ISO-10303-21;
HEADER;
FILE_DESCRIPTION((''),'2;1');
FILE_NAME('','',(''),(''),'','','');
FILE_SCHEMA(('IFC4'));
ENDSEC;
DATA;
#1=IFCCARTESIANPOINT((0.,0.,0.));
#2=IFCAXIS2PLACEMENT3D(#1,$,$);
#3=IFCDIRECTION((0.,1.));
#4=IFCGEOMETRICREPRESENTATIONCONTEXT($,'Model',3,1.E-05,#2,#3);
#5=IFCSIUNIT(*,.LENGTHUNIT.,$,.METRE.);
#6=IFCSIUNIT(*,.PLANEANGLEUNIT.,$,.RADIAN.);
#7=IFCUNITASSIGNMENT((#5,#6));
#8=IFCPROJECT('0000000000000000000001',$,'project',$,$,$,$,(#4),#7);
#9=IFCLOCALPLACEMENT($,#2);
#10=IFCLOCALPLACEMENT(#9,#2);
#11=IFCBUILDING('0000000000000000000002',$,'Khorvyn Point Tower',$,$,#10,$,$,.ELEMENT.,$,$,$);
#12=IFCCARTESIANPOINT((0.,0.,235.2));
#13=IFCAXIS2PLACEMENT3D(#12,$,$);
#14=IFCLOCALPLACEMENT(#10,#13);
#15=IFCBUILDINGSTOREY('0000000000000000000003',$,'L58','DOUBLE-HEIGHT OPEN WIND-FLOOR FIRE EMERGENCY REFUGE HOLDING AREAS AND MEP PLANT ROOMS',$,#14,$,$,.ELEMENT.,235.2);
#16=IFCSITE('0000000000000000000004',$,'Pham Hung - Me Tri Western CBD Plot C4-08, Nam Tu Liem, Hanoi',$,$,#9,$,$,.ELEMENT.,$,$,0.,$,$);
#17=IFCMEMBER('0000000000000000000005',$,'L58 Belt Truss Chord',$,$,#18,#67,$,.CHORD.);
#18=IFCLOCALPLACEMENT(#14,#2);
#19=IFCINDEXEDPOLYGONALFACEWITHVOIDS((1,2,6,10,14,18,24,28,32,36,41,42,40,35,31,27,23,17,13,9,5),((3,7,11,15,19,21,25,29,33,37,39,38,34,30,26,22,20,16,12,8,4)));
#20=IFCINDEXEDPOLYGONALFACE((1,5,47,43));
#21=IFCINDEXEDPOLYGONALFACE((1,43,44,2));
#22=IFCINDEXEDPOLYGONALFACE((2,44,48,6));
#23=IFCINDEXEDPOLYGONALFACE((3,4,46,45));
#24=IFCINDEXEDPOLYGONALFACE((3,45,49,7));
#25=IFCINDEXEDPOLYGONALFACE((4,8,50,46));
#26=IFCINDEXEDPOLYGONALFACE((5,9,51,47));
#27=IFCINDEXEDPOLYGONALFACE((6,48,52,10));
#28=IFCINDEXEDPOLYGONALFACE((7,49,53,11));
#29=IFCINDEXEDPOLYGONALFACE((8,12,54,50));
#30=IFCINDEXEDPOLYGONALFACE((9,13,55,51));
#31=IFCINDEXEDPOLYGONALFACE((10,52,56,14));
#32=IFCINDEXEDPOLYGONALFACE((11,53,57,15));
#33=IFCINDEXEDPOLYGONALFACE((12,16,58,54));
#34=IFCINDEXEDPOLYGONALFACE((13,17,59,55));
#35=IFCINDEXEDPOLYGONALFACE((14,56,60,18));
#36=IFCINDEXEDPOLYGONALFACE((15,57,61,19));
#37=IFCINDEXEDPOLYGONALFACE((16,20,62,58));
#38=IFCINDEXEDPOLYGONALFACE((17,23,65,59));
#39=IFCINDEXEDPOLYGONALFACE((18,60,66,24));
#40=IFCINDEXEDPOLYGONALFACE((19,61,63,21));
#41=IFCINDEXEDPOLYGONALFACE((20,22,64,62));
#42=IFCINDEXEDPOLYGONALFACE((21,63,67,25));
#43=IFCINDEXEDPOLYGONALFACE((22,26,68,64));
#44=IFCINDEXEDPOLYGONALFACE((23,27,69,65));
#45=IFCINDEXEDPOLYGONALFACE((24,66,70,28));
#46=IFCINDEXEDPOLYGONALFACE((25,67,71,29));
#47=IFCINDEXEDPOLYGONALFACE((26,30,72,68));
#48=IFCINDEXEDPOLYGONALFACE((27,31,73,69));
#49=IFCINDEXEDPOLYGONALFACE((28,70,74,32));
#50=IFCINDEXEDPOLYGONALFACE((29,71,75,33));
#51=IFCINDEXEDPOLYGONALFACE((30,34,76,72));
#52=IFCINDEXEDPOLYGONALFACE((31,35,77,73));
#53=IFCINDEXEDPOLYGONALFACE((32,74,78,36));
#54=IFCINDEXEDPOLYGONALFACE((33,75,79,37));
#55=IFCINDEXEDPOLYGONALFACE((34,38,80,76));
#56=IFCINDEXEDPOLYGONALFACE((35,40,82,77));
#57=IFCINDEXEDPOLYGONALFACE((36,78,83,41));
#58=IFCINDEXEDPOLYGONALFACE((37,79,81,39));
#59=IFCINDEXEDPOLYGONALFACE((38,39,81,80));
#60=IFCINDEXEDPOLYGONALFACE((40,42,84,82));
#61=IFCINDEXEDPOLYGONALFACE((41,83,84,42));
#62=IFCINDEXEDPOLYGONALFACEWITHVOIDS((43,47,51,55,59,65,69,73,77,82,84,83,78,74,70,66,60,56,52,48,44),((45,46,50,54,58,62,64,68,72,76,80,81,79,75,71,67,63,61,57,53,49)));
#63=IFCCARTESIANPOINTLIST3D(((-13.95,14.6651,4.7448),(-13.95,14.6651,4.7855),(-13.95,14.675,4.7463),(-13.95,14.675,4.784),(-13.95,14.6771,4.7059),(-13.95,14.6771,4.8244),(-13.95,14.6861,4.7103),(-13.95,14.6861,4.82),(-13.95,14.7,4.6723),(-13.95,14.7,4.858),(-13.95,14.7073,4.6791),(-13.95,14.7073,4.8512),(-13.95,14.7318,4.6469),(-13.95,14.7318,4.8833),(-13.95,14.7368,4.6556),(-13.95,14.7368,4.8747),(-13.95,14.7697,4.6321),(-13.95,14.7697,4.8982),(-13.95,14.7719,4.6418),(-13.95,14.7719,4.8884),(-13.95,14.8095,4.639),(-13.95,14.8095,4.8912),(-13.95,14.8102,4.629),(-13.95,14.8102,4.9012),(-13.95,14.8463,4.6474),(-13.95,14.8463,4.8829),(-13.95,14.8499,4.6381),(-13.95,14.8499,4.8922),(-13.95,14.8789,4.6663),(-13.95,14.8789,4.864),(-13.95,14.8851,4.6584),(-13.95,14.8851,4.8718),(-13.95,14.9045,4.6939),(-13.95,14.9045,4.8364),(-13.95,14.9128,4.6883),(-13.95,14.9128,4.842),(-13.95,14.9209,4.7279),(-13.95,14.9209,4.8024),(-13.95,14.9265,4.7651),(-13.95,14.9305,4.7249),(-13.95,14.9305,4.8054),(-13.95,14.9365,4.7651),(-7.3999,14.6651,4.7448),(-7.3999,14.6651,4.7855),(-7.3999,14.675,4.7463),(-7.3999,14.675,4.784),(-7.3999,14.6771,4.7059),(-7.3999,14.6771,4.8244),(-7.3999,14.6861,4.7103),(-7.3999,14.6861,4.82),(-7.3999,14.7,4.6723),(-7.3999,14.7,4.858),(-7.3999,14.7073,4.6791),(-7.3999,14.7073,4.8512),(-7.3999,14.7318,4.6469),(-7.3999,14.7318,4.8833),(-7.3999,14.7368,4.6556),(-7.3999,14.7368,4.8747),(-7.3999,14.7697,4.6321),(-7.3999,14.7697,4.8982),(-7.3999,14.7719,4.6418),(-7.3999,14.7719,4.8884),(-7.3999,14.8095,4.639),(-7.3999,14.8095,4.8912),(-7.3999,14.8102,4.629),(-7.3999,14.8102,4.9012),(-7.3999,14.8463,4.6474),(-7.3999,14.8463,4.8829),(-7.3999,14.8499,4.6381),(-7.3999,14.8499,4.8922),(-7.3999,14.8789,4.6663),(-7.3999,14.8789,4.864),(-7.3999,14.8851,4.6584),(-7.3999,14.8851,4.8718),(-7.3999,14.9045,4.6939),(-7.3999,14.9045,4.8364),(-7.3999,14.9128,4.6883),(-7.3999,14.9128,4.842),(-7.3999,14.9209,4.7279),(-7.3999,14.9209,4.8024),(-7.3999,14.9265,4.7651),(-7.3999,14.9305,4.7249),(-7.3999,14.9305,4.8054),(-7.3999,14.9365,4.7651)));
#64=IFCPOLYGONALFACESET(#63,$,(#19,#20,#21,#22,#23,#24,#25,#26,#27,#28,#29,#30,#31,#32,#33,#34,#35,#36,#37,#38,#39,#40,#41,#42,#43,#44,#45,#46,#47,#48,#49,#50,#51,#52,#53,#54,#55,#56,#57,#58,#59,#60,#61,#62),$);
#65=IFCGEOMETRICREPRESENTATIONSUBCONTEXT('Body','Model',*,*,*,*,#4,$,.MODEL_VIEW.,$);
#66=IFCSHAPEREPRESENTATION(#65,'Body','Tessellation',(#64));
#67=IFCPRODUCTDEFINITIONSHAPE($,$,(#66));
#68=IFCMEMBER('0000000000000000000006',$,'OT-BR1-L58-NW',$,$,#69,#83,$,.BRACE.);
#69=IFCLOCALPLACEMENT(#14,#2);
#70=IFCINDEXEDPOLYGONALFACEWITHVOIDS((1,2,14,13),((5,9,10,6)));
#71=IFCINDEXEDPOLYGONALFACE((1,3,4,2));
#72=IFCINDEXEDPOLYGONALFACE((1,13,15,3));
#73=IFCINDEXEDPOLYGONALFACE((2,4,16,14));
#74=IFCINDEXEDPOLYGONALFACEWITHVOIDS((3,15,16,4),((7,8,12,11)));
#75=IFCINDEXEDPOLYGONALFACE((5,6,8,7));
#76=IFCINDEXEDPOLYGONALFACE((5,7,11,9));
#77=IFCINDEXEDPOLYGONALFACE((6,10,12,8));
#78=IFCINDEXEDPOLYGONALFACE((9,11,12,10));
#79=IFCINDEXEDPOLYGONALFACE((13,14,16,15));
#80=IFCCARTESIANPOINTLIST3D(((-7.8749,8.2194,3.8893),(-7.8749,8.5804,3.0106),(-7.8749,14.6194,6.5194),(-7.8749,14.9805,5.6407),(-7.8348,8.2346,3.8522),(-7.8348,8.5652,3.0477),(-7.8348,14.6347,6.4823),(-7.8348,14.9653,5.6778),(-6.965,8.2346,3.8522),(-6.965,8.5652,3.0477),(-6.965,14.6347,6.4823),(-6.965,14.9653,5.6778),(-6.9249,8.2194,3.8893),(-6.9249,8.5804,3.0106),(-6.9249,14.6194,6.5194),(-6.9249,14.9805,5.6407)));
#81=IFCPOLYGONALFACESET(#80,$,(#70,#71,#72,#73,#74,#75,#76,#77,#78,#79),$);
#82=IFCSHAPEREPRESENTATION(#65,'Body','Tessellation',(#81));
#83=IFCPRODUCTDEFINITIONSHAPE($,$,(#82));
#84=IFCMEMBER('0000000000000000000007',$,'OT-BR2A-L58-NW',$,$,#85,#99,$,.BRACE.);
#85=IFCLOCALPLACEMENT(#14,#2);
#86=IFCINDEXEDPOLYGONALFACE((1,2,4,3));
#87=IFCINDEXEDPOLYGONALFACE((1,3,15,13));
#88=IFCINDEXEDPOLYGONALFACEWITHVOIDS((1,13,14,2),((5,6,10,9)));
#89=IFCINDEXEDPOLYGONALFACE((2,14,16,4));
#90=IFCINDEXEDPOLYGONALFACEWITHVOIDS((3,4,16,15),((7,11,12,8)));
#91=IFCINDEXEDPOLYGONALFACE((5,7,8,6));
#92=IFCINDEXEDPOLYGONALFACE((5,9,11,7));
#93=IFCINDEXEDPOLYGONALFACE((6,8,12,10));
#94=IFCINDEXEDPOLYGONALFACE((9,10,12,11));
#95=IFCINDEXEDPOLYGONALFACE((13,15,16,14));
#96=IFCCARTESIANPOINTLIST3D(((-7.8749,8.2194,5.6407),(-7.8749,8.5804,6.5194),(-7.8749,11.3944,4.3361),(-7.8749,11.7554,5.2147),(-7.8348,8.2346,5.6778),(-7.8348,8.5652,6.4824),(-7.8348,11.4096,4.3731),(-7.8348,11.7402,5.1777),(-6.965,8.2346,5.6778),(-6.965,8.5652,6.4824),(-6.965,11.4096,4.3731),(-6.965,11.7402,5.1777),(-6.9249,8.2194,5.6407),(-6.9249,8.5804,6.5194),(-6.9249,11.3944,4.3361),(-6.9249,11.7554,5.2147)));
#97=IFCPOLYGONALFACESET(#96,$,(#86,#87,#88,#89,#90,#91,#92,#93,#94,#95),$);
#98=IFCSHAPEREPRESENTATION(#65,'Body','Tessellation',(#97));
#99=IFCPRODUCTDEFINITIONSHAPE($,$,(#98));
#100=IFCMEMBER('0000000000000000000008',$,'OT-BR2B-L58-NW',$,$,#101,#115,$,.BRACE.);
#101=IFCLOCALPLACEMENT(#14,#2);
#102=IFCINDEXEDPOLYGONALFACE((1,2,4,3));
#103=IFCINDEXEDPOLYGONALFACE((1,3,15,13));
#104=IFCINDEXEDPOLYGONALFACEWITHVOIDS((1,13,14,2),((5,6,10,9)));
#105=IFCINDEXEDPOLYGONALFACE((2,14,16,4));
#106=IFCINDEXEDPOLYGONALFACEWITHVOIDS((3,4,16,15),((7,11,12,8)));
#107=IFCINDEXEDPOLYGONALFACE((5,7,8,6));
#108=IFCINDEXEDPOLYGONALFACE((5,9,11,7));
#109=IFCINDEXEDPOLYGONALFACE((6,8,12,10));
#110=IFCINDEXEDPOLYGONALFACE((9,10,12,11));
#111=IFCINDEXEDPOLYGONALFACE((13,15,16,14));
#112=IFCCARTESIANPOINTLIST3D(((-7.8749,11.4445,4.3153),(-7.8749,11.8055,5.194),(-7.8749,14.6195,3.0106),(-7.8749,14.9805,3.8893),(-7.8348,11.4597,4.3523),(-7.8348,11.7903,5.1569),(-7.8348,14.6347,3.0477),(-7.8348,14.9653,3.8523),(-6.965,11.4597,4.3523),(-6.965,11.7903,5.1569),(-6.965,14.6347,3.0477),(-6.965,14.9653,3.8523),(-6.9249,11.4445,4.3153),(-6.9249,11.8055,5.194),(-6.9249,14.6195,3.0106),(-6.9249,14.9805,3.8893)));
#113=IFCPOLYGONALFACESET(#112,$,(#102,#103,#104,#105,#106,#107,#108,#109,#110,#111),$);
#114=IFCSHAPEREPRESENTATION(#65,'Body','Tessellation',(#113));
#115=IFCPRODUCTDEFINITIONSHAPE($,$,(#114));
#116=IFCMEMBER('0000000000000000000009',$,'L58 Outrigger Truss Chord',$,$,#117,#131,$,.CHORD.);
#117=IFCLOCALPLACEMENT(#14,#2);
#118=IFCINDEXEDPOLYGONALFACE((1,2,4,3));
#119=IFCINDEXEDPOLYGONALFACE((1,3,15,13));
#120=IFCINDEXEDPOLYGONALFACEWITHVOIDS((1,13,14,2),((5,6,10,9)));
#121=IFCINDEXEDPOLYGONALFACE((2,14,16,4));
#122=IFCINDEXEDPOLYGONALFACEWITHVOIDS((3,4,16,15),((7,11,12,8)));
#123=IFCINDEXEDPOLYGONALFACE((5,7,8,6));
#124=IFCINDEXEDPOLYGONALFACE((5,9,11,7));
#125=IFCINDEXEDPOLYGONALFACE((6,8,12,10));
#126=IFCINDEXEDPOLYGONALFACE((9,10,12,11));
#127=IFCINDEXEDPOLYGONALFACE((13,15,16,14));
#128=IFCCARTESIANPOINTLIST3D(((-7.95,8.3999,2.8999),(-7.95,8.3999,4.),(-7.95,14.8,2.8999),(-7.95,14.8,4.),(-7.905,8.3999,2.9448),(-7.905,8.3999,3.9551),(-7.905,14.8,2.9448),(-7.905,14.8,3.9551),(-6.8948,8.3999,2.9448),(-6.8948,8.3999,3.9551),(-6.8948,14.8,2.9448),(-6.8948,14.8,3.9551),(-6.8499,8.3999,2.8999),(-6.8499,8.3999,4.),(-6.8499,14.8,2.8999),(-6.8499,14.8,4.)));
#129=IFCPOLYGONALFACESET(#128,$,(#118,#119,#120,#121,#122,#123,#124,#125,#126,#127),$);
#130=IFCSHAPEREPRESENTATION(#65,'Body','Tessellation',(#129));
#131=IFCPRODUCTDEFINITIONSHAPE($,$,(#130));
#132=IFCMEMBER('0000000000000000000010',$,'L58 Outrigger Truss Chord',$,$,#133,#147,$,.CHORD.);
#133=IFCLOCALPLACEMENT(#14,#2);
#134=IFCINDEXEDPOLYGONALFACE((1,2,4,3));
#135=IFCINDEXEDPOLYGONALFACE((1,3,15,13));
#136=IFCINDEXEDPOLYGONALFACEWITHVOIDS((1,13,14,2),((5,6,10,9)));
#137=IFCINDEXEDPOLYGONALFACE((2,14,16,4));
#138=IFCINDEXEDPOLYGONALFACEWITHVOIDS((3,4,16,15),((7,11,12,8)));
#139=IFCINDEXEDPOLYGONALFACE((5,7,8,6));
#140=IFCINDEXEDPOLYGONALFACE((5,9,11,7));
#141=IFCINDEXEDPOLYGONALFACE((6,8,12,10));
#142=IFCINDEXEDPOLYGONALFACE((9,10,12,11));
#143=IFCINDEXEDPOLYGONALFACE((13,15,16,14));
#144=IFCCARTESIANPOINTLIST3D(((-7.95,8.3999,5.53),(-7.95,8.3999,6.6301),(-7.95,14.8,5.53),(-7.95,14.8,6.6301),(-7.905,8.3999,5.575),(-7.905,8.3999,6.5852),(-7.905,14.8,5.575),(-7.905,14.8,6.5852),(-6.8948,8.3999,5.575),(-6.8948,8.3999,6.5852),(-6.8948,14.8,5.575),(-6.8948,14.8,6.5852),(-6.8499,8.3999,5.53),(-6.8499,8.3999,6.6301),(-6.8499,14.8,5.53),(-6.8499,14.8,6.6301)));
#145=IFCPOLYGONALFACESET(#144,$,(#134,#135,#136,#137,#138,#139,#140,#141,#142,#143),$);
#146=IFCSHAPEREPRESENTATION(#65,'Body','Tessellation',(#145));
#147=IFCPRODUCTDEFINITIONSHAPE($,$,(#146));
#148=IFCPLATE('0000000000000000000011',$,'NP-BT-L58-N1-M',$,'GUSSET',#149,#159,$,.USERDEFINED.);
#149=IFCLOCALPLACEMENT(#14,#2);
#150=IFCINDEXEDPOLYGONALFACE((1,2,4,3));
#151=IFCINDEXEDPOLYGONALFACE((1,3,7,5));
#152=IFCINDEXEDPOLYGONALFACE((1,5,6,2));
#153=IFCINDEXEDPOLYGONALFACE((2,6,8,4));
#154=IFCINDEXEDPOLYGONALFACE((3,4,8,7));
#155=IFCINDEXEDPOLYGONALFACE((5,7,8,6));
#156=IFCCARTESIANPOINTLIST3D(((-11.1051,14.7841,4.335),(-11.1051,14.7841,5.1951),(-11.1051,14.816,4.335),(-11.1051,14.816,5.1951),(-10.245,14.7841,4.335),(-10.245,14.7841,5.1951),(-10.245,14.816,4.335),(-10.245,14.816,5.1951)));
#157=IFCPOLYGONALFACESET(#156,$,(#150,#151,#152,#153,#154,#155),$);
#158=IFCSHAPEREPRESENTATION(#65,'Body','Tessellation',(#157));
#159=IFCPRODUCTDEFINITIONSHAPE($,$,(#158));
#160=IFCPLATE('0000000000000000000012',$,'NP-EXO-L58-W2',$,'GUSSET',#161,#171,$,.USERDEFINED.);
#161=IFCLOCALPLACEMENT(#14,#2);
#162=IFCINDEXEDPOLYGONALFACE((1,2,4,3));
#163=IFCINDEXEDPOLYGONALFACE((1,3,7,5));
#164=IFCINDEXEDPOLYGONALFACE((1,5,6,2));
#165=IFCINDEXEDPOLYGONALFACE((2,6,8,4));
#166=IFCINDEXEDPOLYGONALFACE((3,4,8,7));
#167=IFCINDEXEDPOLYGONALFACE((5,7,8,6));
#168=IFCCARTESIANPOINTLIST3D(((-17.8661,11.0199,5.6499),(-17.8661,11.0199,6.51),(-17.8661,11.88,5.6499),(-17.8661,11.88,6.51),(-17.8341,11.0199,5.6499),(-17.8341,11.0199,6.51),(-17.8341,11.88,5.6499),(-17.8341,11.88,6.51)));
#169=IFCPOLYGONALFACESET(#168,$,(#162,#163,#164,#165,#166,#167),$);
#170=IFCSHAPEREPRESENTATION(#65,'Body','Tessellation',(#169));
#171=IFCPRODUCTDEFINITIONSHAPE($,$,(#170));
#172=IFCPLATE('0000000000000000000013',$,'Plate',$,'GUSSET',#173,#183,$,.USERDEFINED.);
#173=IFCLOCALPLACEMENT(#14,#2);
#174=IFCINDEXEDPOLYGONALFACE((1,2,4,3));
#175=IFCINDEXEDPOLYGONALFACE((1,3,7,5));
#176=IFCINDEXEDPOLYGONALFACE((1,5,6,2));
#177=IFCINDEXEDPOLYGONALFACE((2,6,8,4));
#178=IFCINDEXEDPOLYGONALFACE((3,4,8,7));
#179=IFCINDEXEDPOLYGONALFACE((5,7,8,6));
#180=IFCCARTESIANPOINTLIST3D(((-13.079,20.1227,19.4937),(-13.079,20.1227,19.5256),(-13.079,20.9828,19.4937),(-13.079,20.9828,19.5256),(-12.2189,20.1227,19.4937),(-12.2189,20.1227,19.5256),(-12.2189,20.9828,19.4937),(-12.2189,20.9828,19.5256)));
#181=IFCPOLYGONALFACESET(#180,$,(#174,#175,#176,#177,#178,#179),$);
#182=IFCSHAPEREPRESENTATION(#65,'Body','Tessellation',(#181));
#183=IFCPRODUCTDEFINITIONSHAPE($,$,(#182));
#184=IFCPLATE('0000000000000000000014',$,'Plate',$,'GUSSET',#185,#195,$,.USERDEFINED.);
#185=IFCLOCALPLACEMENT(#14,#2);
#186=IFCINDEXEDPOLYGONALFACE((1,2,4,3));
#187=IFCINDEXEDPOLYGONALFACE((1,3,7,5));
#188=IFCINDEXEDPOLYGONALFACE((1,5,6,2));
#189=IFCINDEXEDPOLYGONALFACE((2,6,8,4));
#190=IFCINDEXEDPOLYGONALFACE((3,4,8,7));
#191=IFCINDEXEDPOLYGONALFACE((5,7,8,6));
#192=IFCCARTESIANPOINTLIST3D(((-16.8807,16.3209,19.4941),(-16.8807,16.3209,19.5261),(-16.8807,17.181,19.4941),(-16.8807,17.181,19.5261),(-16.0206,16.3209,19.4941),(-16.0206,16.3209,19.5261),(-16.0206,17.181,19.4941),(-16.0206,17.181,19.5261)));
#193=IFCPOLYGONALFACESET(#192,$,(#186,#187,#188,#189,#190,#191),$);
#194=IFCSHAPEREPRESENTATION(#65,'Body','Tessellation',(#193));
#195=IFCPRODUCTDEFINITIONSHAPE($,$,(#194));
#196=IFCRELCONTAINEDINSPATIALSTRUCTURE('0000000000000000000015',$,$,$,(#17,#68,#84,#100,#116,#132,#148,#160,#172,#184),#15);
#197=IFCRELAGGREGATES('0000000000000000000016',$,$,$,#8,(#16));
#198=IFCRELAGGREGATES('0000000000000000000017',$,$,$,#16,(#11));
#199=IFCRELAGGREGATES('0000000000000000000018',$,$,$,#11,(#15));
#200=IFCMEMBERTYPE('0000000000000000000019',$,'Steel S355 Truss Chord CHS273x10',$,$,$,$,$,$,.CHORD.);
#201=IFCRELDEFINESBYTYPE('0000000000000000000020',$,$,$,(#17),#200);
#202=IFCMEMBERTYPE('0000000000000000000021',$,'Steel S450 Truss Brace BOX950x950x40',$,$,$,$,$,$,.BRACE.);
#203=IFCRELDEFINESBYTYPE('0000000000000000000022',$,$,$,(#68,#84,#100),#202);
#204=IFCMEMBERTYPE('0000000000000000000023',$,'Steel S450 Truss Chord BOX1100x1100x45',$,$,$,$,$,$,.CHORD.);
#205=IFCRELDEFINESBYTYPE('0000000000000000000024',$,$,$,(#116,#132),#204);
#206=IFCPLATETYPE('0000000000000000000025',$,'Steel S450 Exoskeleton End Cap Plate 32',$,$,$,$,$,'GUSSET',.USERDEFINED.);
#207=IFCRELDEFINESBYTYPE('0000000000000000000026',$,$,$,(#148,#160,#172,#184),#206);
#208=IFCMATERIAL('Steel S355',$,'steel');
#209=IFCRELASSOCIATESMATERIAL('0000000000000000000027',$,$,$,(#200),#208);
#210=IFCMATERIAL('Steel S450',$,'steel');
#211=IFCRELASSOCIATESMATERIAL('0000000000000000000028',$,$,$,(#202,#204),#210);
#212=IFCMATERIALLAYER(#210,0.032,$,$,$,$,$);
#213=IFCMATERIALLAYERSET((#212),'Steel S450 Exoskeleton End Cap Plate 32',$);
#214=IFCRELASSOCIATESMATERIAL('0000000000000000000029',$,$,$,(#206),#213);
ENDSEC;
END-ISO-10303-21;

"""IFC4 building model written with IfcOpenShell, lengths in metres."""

from ifc_helpers import new_model, si_unit, direction, frame, origin, origin_2d, place, context, subcontext, project, spatial, rectangle, hollow_rectangle, hollow_circle, extrude, material, layer, layer_set, material_profile, profile_set, type_object, element, save


model = new_model("IFC4")

# Units and contexts
model_context = context("Model", 3, precision=1e-05, world=origin(), true_north=direction((0.0, 1.0)))
body_context = subcontext(model_context, "Body", "Model", "MODEL_VIEW")
ifc_project = project(units=[si_unit("LENGTHUNIT", "METRE"), si_unit("PLANEANGLEUNIT", "RADIAN")], contexts=[model_context])

# Site, building, storey
site_placement = place(None, origin())
site = spatial("IfcSite", under=ifc_project, at=site_placement, Name="Pham Hung - Me Tri Western CBD Plot C4-08, Nam Tu Liem, Hanoi", CompositionType="ELEMENT", RefElevation=0.0)
building_placement = place(site_placement, origin())
building = spatial("IfcBuilding", under=site, at=building_placement, Name="Khorvyn Point Tower", CompositionType="ELEMENT")
storey_placement = place(building_placement, frame((0.0, 0.0, 235.2)))
storey = spatial("IfcBuildingStorey", under=building, at=storey_placement, Name="L58", Description="DOUBLE-HEIGHT OPEN WIND-FLOOR FIRE EMERGENCY REFUGE HOLDING AREAS AND MEP PLANT ROOMS", CompositionType="ELEMENT", Elevation=235.2)

# Members
ifc_material_1 = material(Name="Steel S355", Category="steel")
ifc_material_profile_1 = material_profile(ifc_material_1, hollow_circle(Radius=0.1365, WallThickness=0.01, at=origin_2d()))
ifc_profile_set_1 = profile_set([ifc_material_profile_1], Name="Steel S355 CHS273x10")
member_type_1 = type_object("IfcMemberType", Name="Steel S355 Truss Chord CHS273x10", PredefinedType="CHORD", material=ifc_profile_set_1)
member_1_placement = place(storey_placement, frame((-13.95, 14.8, 4.7651), z_axis=(1.0, 0.0, 0.0), x_axis=(0.0, 1.0, 0.0)))
element("IfcMember", 1, at=member_1_placement, inside=storey, type_object=member_type_1, Name="L58 Belt Truss Chord", PredefinedType="CHORD", context=body_context, shape_type="SweptSolid", body=[
    extrude(hollow_circle(Radius=0.1365, WallThickness=0.01, at=origin_2d()), origin(), (0.0, 0.0, 1.0), 6.55),
])
ifc_material_2 = material(Name="Steel S450", Category="steel")
ifc_material_profile_2 = material_profile(ifc_material_2, hollow_rectangle(XDim=0.95, YDim=0.95, WallThickness=0.04, at=origin_2d()))
ifc_profile_set_2 = profile_set([ifc_material_profile_2], Name="Steel S450 BOX950x950x40")
member_type_2 = type_object("IfcMemberType", Name="Steel S450 Truss Brace BOX950x950x40", PredefinedType="BRACE", material=ifc_profile_set_2)
member_2_placement = place(storey_placement, frame((-7.3999, 8.3999, 3.45), z_axis=(0.0, 0.924944, 0.380104), x_axis=(-1.0, 0.0, 0.0)))
element("IfcMember", 2, at=member_2_placement, inside=storey, type_object=member_type_2, Name="OT-BR1-L58-NW", PredefinedType="BRACE", context=body_context, shape_type="SweptSolid", body=[
    extrude(hollow_rectangle(XDim=0.95, YDim=0.95, WallThickness=0.04, at=origin_2d()), origin(), (0.0, 0.0, 1.0), 6.9194),
])
for number, where, z_axis, x_axis, name in (
    (3, (-7.3999, 8.3999, 6.0801), (0.0, 0.924953, -0.380081), (-1.0, 0.0, 0.0), "OT-BR2A-L58-NW"),
    (4, (-7.3999, 11.625, 4.7546), (0.0, 0.924953, -0.380081), (-1.0, 0.0, 0.0), "OT-BR2B-L58-NW"),
):
    element("IfcMember", number, at=place(storey_placement, frame(where, z_axis=z_axis, x_axis=x_axis)), inside=storey, type_object=member_type_2, Name=name, PredefinedType="BRACE", context=body_context, shape_type="SweptSolid", body=[
        extrude(hollow_rectangle(XDim=0.95, YDim=0.95, WallThickness=0.04, at=origin_2d()), origin(), (0.0, 0.0, 1.0), 3.4326),
    ])
ifc_material_profile_3 = material_profile(ifc_material_2, hollow_rectangle(XDim=1.1001, YDim=1.1001, WallThickness=0.0449, at=origin_2d()))
ifc_profile_set_3 = profile_set([ifc_material_profile_3], Name="Steel S450 BOX1100x1100x45")
member_type_3 = type_object("IfcMemberType", Name="Steel S450 Truss Chord BOX1100x1100x45", PredefinedType="CHORD", material=ifc_profile_set_3)
for number, where, z_axis, x_axis, name in (
    (5, (-7.3999, 8.3999, 3.45), (0.0, 1.0, 0.0), (-1.0, 0.0, 0.0), "L58 Outrigger Truss Chord"),
    (6, (-7.3999, 8.3999, 6.0801), (0.0, 1.0, 0.0), (-1.0, 0.0, 0.0), "L58 Outrigger Truss Chord"),
):
    element("IfcMember", number, at=place(storey_placement, frame(where, z_axis=z_axis, x_axis=x_axis)), inside=storey, type_object=member_type_3, Name=name, PredefinedType="CHORD", context=body_context, shape_type="SweptSolid", body=[
        extrude(hollow_rectangle(XDim=1.1001, YDim=1.1001, WallThickness=0.0449, at=origin_2d()), origin(), (0.0, 0.0, 1.0), 6.4001),
    ])

# Plates
ifc_layer_1 = layer(ifc_material_2, 0.032)
ifc_layer_set_1 = layer_set([ifc_layer_1], Name="Steel S450 Exoskeleton End Cap Plate 32")
plate_type_1 = type_object("IfcPlateType", Name="Steel S450 Exoskeleton End Cap Plate 32", ElementType="GUSSET", PredefinedType="USERDEFINED", material=ifc_layer_set_1)
plate_1_placement = place(storey_placement, frame((-10.675, 14.8, 4.335), z_axis=(0.0, 0.0, 1.0), x_axis=(1.0, 0.0, 0.0)))
element("IfcPlate", 7, at=plate_1_placement, inside=storey, type_object=plate_type_1, Name="NP-BT-L58-N1-M", ObjectType="GUSSET", PredefinedType="USERDEFINED", context=body_context, shape_type="SweptSolid", body=[
    extrude(rectangle(XDim=0.8601, YDim=0.032, at=origin_2d()), origin(), (0.0, 0.0, 1.0), 0.8601),
])
plate_2_placement = place(storey_placement, frame((-17.8501, 11.45, 5.6499), z_axis=(0.0, 0.0, 1.0), x_axis=(1.0, 0.0, 0.0)))
element("IfcPlate", 8, at=plate_2_placement, inside=storey, type_object=plate_type_1, Name="NP-EXO-L58-W2", ObjectType="GUSSET", PredefinedType="USERDEFINED", context=body_context, shape_type="SweptSolid", body=[
    extrude(rectangle(XDim=0.032, YDim=0.8601, at=origin_2d()), origin(), (0.0, 0.0, 1.0), 0.8601),
])
for number, where, z_axis, x_axis, name in (
    (9, (-12.6489, 20.5527, 19.4937), (0.0, 0.0, 1.0), (1.0, 0.0, 0.0), "Plate"),
    (10, (-16.4507, 16.751, 19.4941), (0.0, 0.0, 1.0), (1.0, 0.0, 0.0), "Plate"),
):
    element("IfcPlate", number, at=place(storey_placement, frame(where, z_axis=z_axis, x_axis=x_axis)), inside=storey, type_object=plate_type_1, Name=name, ObjectType="GUSSET", PredefinedType="USERDEFINED", context=body_context, shape_type="SweptSolid", body=[
        extrude(rectangle(XDim=0.8601, YDim=0.8601, at=origin_2d()), origin(), (0.0, 0.0, 1.0), 0.032),
    ])

save(model, "model.ifc")
